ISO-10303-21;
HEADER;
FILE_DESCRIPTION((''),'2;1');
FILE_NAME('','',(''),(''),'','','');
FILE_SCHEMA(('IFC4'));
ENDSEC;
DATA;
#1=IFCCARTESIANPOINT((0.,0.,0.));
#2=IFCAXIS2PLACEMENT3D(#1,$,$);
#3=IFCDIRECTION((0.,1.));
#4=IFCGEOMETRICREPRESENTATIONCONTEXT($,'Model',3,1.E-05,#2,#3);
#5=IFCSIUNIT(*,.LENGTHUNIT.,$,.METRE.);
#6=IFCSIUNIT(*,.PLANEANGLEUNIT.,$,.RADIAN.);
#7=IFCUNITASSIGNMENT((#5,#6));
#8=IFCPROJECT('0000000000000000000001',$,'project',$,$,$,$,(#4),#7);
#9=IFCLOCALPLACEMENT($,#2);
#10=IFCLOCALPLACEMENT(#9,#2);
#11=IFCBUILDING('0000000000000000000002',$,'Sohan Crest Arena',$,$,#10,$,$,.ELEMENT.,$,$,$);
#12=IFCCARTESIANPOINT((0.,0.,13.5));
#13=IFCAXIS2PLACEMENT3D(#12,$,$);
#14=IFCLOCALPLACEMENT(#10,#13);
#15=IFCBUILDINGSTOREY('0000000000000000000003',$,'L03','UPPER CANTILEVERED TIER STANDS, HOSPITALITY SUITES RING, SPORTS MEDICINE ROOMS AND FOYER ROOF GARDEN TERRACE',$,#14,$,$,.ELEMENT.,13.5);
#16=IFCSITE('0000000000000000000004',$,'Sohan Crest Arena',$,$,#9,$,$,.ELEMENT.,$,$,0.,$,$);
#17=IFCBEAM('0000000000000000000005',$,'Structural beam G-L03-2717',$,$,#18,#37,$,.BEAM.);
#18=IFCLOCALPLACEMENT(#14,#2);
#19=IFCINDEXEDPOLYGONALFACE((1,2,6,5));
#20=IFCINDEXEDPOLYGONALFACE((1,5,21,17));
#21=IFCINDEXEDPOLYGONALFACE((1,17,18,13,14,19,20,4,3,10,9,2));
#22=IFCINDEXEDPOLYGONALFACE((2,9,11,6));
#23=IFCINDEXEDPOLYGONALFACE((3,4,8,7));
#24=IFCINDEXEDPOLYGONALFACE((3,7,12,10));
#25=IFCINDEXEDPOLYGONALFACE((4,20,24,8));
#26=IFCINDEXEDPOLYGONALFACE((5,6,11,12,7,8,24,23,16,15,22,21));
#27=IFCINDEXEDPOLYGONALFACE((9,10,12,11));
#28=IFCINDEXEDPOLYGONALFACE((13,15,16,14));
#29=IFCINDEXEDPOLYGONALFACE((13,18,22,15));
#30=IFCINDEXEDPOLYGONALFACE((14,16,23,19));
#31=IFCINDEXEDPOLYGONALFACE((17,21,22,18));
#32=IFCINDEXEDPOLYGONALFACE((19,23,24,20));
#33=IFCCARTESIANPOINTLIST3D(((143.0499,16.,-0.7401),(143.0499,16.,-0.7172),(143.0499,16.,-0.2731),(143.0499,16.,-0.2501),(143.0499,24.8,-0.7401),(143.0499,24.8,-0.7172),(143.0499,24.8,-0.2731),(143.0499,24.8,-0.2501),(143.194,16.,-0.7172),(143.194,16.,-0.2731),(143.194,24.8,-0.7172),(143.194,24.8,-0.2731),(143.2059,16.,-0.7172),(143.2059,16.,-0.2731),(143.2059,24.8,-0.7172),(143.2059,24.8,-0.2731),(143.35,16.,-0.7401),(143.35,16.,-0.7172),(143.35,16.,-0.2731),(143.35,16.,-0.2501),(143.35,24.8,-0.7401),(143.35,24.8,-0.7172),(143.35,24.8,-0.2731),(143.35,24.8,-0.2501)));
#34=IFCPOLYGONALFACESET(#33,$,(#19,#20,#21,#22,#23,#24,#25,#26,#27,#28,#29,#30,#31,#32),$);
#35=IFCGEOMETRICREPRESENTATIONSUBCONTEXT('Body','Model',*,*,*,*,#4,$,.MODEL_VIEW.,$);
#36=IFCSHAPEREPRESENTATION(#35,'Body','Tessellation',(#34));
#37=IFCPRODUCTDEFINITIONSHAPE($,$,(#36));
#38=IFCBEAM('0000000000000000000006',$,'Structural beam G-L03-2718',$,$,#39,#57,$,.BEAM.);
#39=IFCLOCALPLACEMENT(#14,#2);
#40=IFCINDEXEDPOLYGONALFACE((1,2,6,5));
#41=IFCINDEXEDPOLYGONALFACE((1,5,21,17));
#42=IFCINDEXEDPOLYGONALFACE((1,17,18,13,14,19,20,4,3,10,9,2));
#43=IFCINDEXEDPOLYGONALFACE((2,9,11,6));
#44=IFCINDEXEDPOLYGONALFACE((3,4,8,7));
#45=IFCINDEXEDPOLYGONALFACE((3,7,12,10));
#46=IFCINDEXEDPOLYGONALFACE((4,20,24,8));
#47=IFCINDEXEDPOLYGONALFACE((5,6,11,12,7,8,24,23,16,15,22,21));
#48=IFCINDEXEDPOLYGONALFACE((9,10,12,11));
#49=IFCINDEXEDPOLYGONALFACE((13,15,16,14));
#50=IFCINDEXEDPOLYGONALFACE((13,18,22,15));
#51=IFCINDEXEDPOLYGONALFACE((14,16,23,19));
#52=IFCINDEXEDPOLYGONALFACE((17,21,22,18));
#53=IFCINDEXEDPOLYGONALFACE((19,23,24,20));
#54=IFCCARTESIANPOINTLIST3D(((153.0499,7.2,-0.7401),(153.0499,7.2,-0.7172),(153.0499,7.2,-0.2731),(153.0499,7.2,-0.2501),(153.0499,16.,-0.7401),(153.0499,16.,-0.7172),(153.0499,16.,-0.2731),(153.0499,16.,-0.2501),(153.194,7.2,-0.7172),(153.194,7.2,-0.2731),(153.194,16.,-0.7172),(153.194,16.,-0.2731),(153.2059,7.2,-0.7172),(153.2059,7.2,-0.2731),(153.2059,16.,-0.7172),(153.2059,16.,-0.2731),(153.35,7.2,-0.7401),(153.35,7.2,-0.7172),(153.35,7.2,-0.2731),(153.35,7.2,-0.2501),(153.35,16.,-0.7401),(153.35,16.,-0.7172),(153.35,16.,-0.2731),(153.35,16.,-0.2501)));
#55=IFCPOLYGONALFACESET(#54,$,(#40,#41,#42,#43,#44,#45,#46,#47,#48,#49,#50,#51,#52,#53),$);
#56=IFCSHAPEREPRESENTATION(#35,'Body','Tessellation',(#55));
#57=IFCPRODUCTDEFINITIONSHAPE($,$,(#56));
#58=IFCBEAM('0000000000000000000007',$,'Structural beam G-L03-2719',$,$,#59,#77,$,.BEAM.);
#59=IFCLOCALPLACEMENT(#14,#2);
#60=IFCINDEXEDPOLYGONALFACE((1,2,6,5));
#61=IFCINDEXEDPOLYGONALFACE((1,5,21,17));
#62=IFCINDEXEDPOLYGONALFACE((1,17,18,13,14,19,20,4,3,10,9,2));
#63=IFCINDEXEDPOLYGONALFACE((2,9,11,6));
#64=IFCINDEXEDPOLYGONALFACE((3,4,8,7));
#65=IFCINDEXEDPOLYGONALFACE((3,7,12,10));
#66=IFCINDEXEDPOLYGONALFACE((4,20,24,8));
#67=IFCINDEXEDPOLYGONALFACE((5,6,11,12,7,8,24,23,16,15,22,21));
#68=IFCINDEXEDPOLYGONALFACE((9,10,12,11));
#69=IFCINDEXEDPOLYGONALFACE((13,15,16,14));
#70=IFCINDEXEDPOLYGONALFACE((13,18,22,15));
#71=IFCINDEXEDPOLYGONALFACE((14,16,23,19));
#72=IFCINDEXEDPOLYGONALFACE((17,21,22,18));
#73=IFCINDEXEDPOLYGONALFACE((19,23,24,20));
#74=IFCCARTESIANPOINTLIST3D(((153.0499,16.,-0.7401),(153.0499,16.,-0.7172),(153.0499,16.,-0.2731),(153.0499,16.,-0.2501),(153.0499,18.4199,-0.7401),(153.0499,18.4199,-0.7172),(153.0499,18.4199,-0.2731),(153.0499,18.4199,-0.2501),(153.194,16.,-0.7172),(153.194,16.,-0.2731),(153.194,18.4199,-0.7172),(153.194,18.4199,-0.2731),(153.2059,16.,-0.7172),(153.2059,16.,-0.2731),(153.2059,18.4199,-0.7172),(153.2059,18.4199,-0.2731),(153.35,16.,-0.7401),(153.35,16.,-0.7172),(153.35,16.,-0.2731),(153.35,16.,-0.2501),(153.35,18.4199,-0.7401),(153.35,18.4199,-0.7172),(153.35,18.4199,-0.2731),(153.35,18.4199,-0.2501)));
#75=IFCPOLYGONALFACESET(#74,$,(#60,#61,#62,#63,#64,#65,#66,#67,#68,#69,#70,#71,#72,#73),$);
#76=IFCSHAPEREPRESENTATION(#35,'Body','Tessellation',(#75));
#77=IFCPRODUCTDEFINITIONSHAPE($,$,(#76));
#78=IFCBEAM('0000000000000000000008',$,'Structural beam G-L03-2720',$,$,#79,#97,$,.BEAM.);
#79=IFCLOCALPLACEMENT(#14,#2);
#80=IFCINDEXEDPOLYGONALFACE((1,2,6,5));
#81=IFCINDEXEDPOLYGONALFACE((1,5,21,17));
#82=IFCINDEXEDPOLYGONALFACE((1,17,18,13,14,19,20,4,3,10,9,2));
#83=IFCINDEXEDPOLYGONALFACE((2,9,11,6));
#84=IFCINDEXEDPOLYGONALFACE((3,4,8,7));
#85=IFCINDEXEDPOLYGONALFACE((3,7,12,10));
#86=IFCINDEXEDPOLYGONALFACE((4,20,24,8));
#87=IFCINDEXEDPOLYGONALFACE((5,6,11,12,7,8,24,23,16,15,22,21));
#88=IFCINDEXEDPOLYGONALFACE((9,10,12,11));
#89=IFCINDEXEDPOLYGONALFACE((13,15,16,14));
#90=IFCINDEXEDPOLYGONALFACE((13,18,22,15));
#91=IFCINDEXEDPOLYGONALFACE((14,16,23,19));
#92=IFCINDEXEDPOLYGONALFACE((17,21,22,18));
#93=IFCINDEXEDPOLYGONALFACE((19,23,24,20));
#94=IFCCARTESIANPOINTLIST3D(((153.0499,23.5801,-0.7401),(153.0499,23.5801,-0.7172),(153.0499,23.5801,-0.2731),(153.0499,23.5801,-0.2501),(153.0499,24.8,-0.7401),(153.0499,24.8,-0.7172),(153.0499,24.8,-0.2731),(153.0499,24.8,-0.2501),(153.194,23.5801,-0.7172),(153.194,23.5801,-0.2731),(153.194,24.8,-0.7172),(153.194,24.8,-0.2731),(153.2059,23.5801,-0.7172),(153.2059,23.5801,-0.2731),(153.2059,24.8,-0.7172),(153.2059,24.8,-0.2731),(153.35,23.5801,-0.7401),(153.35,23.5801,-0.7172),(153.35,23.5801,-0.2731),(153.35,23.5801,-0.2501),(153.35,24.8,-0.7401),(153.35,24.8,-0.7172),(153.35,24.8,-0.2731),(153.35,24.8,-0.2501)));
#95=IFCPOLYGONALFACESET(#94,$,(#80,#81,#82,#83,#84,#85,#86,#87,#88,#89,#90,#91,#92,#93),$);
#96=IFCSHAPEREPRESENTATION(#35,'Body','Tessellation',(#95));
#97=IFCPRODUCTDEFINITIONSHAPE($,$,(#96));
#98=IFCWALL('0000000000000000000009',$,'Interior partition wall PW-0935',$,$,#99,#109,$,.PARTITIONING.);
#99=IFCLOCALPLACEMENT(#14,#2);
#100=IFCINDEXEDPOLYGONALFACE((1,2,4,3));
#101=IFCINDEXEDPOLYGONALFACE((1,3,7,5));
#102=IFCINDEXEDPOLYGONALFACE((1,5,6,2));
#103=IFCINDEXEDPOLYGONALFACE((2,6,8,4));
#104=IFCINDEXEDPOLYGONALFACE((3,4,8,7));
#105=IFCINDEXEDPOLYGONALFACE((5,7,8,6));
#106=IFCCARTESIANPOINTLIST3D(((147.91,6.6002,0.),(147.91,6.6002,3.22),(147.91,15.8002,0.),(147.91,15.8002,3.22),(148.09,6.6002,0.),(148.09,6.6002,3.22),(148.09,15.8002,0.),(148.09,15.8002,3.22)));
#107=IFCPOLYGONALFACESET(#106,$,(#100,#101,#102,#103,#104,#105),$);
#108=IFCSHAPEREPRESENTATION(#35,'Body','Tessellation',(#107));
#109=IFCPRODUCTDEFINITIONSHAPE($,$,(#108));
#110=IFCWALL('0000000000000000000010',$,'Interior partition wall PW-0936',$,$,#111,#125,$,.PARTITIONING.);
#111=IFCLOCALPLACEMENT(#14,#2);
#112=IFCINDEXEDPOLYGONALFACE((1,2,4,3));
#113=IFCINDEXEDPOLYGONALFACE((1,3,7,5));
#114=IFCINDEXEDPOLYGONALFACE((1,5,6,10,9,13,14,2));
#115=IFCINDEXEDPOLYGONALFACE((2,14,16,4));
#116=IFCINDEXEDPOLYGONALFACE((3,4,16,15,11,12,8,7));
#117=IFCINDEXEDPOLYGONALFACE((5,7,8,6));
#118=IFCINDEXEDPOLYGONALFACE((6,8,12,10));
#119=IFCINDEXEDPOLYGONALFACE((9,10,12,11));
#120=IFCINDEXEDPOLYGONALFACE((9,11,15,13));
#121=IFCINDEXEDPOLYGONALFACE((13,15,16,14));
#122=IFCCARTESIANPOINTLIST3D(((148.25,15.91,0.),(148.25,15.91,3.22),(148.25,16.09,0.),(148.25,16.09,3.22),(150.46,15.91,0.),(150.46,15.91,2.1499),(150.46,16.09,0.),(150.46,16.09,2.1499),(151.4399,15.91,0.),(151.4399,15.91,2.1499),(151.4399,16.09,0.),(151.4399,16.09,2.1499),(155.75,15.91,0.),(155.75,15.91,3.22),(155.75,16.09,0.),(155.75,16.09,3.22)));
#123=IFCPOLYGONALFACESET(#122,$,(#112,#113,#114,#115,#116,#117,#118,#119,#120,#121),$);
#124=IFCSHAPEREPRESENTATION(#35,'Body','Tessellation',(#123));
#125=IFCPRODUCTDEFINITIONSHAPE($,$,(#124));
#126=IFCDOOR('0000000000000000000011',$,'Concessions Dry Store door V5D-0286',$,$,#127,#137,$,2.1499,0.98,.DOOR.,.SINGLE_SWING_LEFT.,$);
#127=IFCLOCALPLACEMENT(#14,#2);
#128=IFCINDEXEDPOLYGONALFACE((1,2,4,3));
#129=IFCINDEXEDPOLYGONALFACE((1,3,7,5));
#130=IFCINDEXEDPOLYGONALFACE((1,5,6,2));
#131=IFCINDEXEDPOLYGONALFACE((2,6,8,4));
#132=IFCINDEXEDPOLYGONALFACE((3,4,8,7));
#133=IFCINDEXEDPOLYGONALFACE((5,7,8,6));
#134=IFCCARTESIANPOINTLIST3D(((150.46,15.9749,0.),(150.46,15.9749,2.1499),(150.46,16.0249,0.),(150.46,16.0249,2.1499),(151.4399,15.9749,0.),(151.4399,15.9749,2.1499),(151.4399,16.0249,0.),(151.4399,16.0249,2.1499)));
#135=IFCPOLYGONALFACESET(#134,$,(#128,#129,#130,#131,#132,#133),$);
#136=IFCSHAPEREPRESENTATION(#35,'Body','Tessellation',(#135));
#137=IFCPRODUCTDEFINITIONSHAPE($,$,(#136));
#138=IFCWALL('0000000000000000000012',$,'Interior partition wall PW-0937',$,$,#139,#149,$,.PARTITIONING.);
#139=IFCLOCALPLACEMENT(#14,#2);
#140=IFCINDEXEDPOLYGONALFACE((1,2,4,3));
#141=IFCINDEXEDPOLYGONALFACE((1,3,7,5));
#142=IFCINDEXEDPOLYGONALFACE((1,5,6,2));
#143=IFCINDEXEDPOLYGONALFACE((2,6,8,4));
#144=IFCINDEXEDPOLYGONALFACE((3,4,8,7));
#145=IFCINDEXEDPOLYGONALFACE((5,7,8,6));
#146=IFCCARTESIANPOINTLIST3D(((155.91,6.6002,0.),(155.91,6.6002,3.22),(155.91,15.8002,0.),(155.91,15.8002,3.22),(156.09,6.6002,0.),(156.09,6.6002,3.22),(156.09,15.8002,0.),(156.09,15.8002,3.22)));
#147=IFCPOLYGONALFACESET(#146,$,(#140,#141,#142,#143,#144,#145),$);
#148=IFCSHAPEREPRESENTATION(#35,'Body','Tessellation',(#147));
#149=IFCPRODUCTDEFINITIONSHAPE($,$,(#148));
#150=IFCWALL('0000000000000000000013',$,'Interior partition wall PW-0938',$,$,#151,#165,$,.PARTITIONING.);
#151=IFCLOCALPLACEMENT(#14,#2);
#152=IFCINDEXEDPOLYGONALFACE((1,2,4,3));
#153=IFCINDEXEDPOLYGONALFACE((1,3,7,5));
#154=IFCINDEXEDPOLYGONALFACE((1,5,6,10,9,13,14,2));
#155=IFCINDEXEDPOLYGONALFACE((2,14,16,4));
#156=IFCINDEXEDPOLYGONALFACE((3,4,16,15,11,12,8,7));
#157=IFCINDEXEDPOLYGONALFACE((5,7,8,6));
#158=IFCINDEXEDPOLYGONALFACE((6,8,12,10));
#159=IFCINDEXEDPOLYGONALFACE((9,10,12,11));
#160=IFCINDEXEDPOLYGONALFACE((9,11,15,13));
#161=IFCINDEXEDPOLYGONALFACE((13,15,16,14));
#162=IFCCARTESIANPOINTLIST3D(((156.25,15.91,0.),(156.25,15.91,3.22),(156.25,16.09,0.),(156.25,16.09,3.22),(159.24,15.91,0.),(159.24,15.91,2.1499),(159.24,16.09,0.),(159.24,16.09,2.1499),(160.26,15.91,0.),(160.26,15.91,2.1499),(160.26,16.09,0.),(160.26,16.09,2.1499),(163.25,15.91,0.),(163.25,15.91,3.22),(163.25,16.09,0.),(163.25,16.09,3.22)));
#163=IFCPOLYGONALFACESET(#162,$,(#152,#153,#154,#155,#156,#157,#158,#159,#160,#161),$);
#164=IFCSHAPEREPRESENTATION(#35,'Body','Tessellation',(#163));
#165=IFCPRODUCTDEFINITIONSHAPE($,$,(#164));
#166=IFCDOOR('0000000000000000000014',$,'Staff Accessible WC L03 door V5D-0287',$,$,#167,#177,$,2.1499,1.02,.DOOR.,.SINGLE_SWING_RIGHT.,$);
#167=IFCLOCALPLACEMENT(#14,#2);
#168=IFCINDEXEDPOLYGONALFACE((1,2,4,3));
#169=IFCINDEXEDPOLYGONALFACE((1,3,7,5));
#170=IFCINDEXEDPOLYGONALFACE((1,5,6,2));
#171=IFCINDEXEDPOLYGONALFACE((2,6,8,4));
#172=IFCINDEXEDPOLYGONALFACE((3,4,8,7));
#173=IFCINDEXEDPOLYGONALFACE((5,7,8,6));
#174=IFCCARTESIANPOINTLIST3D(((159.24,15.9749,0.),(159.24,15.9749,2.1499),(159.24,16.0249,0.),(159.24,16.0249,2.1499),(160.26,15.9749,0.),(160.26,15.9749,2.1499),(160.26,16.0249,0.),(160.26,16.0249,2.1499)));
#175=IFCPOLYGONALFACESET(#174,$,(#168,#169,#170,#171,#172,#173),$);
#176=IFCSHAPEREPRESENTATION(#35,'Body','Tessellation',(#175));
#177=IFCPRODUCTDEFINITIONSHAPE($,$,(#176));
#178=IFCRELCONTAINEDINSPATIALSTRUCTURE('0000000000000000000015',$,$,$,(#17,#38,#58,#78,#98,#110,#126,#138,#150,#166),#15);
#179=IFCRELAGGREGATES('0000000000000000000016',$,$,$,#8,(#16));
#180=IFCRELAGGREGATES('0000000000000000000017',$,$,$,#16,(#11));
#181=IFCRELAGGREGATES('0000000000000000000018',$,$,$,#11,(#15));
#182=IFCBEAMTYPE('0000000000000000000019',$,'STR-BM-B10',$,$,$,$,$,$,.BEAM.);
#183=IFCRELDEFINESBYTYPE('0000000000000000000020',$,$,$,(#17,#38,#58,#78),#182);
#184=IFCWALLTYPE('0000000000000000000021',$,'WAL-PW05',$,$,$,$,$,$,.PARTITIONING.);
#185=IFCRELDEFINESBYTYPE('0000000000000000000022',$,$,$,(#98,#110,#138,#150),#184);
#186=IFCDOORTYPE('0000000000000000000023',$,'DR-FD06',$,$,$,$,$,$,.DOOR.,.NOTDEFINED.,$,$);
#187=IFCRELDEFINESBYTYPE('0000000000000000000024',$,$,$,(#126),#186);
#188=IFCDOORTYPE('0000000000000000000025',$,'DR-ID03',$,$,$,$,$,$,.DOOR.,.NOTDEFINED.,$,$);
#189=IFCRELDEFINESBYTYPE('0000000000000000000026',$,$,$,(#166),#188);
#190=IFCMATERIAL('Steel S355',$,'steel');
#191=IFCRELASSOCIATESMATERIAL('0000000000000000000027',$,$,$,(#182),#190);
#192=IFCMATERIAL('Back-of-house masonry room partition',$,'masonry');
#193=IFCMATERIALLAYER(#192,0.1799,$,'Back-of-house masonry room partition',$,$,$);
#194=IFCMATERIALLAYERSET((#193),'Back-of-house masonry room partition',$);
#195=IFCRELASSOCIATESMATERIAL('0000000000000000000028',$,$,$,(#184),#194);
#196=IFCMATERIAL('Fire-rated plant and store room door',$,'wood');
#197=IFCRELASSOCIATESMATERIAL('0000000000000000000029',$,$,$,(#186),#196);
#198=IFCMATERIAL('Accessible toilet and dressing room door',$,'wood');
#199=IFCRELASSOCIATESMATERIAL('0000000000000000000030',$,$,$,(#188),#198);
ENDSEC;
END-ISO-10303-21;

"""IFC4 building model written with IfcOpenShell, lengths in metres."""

from ifc_helpers import new_model, si_unit, direction, frame, frame_2d, origin, origin_2d, place, context, subcontext, project, spatial, rectangle, i_section, extrude, material, layer, layer_set, material_profile, profile_set, type_object, element, fill, save


model = new_model("IFC4")

# Units and contexts
model_context = context("Model", 3, precision=1e-05, world=origin(), true_north=direction((0.0, 1.0)))
body_context = subcontext(model_context, "Body", "Model", "MODEL_VIEW")
ifc_project = project(units=[si_unit("LENGTHUNIT", "METRE"), si_unit("PLANEANGLEUNIT", "RADIAN")], contexts=[model_context])

# Site, building, storey
site_placement = place(None, origin())
site = spatial("IfcSite", under=ifc_project, at=site_placement, Name="Sohan Crest Arena", CompositionType="ELEMENT", RefElevation=0.0)
building_placement = place(site_placement, origin())
building = spatial("IfcBuilding", under=site, at=building_placement, Name="Sohan Crest Arena", CompositionType="ELEMENT")
storey_placement = place(building_placement, frame((0.0, 0.0, 13.5)))
storey = spatial("IfcBuildingStorey", under=building, at=storey_placement, Name="L03", Description="UPPER CANTILEVERED TIER STANDS, HOSPITALITY SUITES RING, SPORTS MEDICINE ROOMS AND FOYER ROOF GARDEN TERRACE", CompositionType="ELEMENT", Elevation=13.5)

# Shared definitions
ifc_material_1 = material(Name="Steel S355", Category="steel")

# Beams
ifc_material_profile_1 = material_profile(ifc_material_1, i_section(OverallWidth=0.3, OverallDepth=0.49, WebThickness=0.012, FlangeThickness=0.0229, at=origin_2d()), Name="HEA 500")
ifc_profile_set_1 = profile_set([ifc_material_profile_1], Name="Steel S355")
beam_type_1 = type_object("IfcBeamType", Name="STR-BM-B10", PredefinedType="BEAM", material=ifc_profile_set_1)
for number, where, z_axis, x_axis, name in (
    (1, (143.2, 16.0, -0.4951), (0.0, 1.0, 0.0), (-1.0, 0.0, 0.0), "Structural beam G-L03-2717"),
    (2, (153.2, 7.2, -0.4951), (0.0, 1.0, 0.0), (-1.0, 0.0, 0.0), "Structural beam G-L03-2718"),
):
    element("IfcBeam", number, at=place(storey_placement, frame(where, z_axis=z_axis, x_axis=x_axis)), inside=storey, type_object=beam_type_1, Name=name, PredefinedType="BEAM", context=body_context, shape_type="SweptSolid", body=[
        extrude(i_section(OverallWidth=0.3, OverallDepth=0.49, WebThickness=0.012, FlangeThickness=0.0229, at=origin_2d()), origin(), (0.0, 0.0, 1.0), 8.8),
    ])
beam_1_placement = place(storey_placement, frame((153.2, 16.0, -0.4951), z_axis=(0.0, 1.0, 0.0), x_axis=(-1.0, 0.0, 0.0)))
element("IfcBeam", 3, at=beam_1_placement, inside=storey, type_object=beam_type_1, Name="Structural beam G-L03-2719", PredefinedType="BEAM", context=body_context, shape_type="SweptSolid", body=[
    extrude(i_section(OverallWidth=0.3, OverallDepth=0.49, WebThickness=0.012, FlangeThickness=0.0229, at=origin_2d()), origin(), (0.0, 0.0, 1.0), 2.4199),
])
beam_2_placement = place(storey_placement, frame((153.2, 23.5801, -0.4951), z_axis=(0.0, 1.0, 0.0), x_axis=(-1.0, 0.0, 0.0)))
element("IfcBeam", 4, at=beam_2_placement, inside=storey, type_object=beam_type_1, Name="Structural beam G-L03-2720", PredefinedType="BEAM", context=body_context, shape_type="SweptSolid", body=[
    extrude(i_section(OverallWidth=0.3, OverallDepth=0.49, WebThickness=0.012, FlangeThickness=0.0229, at=origin_2d()), origin(), (0.0, 0.0, 1.0), 1.22),
])

# Wall
ifc_material_2 = material(Name="Back-of-house masonry room partition", Category="masonry")
ifc_layer_1 = layer(ifc_material_2, 0.1799, Name="Back-of-house masonry room partition")
ifc_layer_set_1 = layer_set([ifc_layer_1], Name="Back-of-house masonry room partition")
wall_type_1 = type_object("IfcWallType", Name="WAL-PW05", PredefinedType="PARTITIONING", material=ifc_layer_set_1)
wall_1_placement = place(storey_placement, frame((148.0, 6.6001, 0.0), z_axis=(0.0, 0.0, 1.0), x_axis=(0.0, 1.0, 0.0)))
element("IfcWall", 5, at=wall_1_placement, inside=storey, type_object=wall_type_1, Name="Interior partition wall PW-0935", PredefinedType="PARTITIONING", context=body_context, shape_type="SweptSolid", body=[
    extrude(rectangle(XDim=9.2, YDim=0.1799, at=frame_2d((4.6001, 0.0))), origin(), (0.0, 0.0, 1.0), 3.22),
])

# Wall, opening, door
wall_2_placement = place(storey_placement, frame((148.25, 16.0, 0.0), z_axis=(0.0, 0.0, 1.0), x_axis=(1.0, 0.0, 0.0)))
wall_2 = element("IfcWall", 6, at=wall_2_placement, inside=storey, type_object=wall_type_1, Name="Interior partition wall PW-0936", PredefinedType="PARTITIONING", context=body_context, shape_type="SweptSolid", body=[
    extrude(rectangle(XDim=7.5, YDim=0.1799, at=frame_2d((3.75, 0.0))), origin(), (0.0, 0.0, 1.0), 3.22),
])
opening_1_placement = place(wall_2_placement, frame((2.21, 0.0, 0.0)))
opening_1 = element("IfcOpeningElement", 7, at=opening_1_placement, cuts=wall_2, PredefinedType="OPENING", context=body_context, shape_type="SweptSolid", body=[
    extrude(rectangle(XDim=0.98, YDim=2.1499, at=frame_2d((0.49, 1.075))), frame((0.0, 0.0999, 0.0), z_axis=(0.0, -1.0, 0.0), x_axis=(1.0, 0.0, 0.0)), (0.0, 0.0, 1.0), 0.2),
])
ifc_material_3 = material(Name="Fire-rated plant and store room door", Category="wood")
door_type_1 = type_object("IfcDoorType", Name="DR-FD06", OperationType="NOTDEFINED", PredefinedType="DOOR", material=ifc_material_3)
door_1_placement = place(opening_1_placement, origin())
door_1 = element("IfcDoor", 8, at=door_1_placement, inside=storey, type_object=door_type_1, Name="Concessions Dry Store door V5D-0286", OperationType="SINGLE_SWING_LEFT", OverallHeight=2.1499, OverallWidth=0.98, PredefinedType="DOOR", context=body_context, shape_type="SweptSolid", body=[
    extrude(rectangle(XDim=0.98, YDim=2.1499, at=frame_2d((0.49, 1.075))), frame((0.0, 0.0249, 0.0), z_axis=(0.0, -1.0, 0.0), x_axis=(1.0, 0.0, 0.0)), (0.0, 0.0, 1.0), 0.05),
])
fill(opening_1, door_1)

# Wall
wall_3_placement = place(storey_placement, frame((156.0, 6.6001, 0.0), z_axis=(0.0, 0.0, 1.0), x_axis=(0.0, 1.0, 0.0)))
element("IfcWall", 9, at=wall_3_placement, inside=storey, type_object=wall_type_1, Name="Interior partition wall PW-0937", PredefinedType="PARTITIONING", context=body_context, shape_type="SweptSolid", body=[
    extrude(rectangle(XDim=9.2, YDim=0.1799, at=frame_2d((4.6001, 0.0))), origin(), (0.0, 0.0, 1.0), 3.22),
])

# Wall, opening, door
wall_4_placement = place(storey_placement, frame((156.25, 16.0, 0.0), z_axis=(0.0, 0.0, 1.0), x_axis=(1.0, 0.0, 0.0)))
wall_4 = element("IfcWall", 10, at=wall_4_placement, inside=storey, type_object=wall_type_1, Name="Interior partition wall PW-0938", PredefinedType="PARTITIONING", context=body_context, shape_type="SweptSolid", body=[
    extrude(rectangle(XDim=7.0, YDim=0.1799, at=frame_2d((3.5, 0.0))), origin(), (0.0, 0.0, 1.0), 3.22),
])
opening_2_placement = place(wall_4_placement, frame((2.99, 0.0, 0.0)))
opening_2 = element("IfcOpeningElement", 11, at=opening_2_placement, cuts=wall_4, PredefinedType="OPENING", context=body_context, shape_type="SweptSolid", body=[
    extrude(rectangle(XDim=1.02, YDim=2.1499, at=frame_2d((0.51, 1.075))), frame((0.0, 0.0999, 0.0), z_axis=(0.0, -1.0, 0.0), x_axis=(1.0, 0.0, 0.0)), (0.0, 0.0, 1.0), 0.2),
])
ifc_material_4 = material(Name="Accessible toilet and dressing room door", Category="wood")
door_type_2 = type_object("IfcDoorType", Name="DR-ID03", OperationType="NOTDEFINED", PredefinedType="DOOR", material=ifc_material_4)
door_2_placement = place(opening_2_placement, origin())
door_2 = element("IfcDoor", 12, at=door_2_placement, inside=storey, type_object=door_type_2, Name="Staff Accessible WC L03 door V5D-0287", OperationType="SINGLE_SWING_RIGHT", OverallHeight=2.1499, OverallWidth=1.02, PredefinedType="DOOR", context=body_context, shape_type="SweptSolid", body=[
    extrude(rectangle(XDim=1.02, YDim=2.1499, at=frame_2d((0.51, 1.075))), frame((0.0, 0.0249, 0.0), z_axis=(0.0, -1.0, 0.0), x_axis=(1.0, 0.0, 0.0)), (0.0, 0.0, 1.0), 0.05),
])
fill(opening_2, door_2)

save(model, "model.ifc")
